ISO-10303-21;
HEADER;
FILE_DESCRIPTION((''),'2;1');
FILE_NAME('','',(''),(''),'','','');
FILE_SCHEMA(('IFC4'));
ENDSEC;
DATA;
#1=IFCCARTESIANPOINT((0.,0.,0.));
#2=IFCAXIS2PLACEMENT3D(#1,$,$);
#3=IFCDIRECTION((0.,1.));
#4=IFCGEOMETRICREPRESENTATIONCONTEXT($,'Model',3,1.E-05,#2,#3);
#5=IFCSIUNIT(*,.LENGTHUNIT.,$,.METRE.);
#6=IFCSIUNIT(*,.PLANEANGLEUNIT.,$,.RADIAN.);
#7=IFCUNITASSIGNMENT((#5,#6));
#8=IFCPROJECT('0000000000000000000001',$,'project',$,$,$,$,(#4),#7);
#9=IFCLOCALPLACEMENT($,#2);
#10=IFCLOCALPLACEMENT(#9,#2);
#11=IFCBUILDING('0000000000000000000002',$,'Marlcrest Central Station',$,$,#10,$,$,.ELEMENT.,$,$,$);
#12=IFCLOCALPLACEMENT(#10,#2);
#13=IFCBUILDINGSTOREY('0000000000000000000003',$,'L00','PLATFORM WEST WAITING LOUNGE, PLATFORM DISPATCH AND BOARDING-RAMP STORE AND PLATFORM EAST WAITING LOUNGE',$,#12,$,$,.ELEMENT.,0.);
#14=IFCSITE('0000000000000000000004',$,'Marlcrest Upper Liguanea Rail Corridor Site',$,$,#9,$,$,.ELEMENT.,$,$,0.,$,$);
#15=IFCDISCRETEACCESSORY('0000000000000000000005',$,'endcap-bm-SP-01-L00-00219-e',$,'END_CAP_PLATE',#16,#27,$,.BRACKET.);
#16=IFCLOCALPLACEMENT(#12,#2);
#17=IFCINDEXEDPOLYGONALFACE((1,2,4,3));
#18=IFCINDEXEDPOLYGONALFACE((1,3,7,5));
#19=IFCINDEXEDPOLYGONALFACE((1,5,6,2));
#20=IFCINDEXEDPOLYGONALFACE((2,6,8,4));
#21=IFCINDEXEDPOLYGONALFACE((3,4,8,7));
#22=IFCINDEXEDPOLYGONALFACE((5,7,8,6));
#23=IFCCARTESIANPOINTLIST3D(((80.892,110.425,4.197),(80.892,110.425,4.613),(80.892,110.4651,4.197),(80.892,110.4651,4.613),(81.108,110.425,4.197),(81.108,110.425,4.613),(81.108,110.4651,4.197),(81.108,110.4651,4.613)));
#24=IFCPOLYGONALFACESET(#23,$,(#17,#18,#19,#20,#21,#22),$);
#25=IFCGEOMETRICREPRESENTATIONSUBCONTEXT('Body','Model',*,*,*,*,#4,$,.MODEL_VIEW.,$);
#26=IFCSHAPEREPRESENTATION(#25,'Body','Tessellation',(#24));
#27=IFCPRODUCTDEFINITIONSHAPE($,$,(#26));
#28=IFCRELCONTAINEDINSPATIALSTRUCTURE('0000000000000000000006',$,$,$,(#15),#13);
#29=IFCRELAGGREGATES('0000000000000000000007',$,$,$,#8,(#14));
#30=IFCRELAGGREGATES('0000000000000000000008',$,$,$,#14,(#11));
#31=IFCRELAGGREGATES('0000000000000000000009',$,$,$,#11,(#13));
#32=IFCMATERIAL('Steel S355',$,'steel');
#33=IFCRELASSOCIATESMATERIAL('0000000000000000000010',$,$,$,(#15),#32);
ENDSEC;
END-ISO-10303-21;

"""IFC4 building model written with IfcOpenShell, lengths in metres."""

from ifc_helpers import new_model, si_unit, direction, frame, origin, origin_2d, place, context, subcontext, project, spatial, rectangle, extrude, material, element, save


model = new_model("IFC4")

# Units and contexts
model_context = context("Model", 3, precision=1e-05, world=origin(), true_north=direction((0.0, 1.0)))
body_context = subcontext(model_context, "Body", "Model", "MODEL_VIEW")
ifc_project = project(units=[si_unit("LENGTHUNIT", "METRE"), si_unit("PLANEANGLEUNIT", "RADIAN")], contexts=[model_context])

# Site, building, storey
site_placement = place(None, origin())
site = spatial("IfcSite", under=ifc_project, at=site_placement, Name="Marlcrest Upper Liguanea Rail Corridor Site", CompositionType="ELEMENT", RefElevation=0.0)
building_placement = place(site_placement, origin())
building = spatial("IfcBuilding", under=site, at=building_placement, Name="Marlcrest Central Station", CompositionType="ELEMENT")
storey_placement = place(building_placement, origin())
storey = spatial("IfcBuildingStorey", under=building, at=storey_placement, Name="L00", Description="PLATFORM WEST WAITING LOUNGE, PLATFORM DISPATCH AND BOARDING-RAMP STORE AND PLATFORM EAST WAITING LOUNGE", CompositionType="ELEMENT", Elevation=0.0)

# Shared definitions
ifc_material_1 = material(Name="Steel S355", Category="steel")

# Discrete accessory
for number, where, z_axis, x_axis, name in (
    (1, (81.0, 110.425, 4.405), (0.0, 1.0, 0.0), (-1.0, 0.0, 0.0), "endcap-bm-SP-01-L00-00219-e"),
):
    element("IfcDiscreteAccessory", number, at=place(storey_placement, frame(where, z_axis=z_axis, x_axis=x_axis)), inside=storey, material=ifc_material_1, Name=name, ObjectType="END_CAP_PLATE", PredefinedType="BRACKET", context=body_context, shape_type="SweptSolid", body=[
        extrude(rectangle(XDim=0.2161, YDim=0.416, at=origin_2d()), origin(), (0.0, 0.0, 1.0), 0.04),
    ])

save(model, "model.ifc")
